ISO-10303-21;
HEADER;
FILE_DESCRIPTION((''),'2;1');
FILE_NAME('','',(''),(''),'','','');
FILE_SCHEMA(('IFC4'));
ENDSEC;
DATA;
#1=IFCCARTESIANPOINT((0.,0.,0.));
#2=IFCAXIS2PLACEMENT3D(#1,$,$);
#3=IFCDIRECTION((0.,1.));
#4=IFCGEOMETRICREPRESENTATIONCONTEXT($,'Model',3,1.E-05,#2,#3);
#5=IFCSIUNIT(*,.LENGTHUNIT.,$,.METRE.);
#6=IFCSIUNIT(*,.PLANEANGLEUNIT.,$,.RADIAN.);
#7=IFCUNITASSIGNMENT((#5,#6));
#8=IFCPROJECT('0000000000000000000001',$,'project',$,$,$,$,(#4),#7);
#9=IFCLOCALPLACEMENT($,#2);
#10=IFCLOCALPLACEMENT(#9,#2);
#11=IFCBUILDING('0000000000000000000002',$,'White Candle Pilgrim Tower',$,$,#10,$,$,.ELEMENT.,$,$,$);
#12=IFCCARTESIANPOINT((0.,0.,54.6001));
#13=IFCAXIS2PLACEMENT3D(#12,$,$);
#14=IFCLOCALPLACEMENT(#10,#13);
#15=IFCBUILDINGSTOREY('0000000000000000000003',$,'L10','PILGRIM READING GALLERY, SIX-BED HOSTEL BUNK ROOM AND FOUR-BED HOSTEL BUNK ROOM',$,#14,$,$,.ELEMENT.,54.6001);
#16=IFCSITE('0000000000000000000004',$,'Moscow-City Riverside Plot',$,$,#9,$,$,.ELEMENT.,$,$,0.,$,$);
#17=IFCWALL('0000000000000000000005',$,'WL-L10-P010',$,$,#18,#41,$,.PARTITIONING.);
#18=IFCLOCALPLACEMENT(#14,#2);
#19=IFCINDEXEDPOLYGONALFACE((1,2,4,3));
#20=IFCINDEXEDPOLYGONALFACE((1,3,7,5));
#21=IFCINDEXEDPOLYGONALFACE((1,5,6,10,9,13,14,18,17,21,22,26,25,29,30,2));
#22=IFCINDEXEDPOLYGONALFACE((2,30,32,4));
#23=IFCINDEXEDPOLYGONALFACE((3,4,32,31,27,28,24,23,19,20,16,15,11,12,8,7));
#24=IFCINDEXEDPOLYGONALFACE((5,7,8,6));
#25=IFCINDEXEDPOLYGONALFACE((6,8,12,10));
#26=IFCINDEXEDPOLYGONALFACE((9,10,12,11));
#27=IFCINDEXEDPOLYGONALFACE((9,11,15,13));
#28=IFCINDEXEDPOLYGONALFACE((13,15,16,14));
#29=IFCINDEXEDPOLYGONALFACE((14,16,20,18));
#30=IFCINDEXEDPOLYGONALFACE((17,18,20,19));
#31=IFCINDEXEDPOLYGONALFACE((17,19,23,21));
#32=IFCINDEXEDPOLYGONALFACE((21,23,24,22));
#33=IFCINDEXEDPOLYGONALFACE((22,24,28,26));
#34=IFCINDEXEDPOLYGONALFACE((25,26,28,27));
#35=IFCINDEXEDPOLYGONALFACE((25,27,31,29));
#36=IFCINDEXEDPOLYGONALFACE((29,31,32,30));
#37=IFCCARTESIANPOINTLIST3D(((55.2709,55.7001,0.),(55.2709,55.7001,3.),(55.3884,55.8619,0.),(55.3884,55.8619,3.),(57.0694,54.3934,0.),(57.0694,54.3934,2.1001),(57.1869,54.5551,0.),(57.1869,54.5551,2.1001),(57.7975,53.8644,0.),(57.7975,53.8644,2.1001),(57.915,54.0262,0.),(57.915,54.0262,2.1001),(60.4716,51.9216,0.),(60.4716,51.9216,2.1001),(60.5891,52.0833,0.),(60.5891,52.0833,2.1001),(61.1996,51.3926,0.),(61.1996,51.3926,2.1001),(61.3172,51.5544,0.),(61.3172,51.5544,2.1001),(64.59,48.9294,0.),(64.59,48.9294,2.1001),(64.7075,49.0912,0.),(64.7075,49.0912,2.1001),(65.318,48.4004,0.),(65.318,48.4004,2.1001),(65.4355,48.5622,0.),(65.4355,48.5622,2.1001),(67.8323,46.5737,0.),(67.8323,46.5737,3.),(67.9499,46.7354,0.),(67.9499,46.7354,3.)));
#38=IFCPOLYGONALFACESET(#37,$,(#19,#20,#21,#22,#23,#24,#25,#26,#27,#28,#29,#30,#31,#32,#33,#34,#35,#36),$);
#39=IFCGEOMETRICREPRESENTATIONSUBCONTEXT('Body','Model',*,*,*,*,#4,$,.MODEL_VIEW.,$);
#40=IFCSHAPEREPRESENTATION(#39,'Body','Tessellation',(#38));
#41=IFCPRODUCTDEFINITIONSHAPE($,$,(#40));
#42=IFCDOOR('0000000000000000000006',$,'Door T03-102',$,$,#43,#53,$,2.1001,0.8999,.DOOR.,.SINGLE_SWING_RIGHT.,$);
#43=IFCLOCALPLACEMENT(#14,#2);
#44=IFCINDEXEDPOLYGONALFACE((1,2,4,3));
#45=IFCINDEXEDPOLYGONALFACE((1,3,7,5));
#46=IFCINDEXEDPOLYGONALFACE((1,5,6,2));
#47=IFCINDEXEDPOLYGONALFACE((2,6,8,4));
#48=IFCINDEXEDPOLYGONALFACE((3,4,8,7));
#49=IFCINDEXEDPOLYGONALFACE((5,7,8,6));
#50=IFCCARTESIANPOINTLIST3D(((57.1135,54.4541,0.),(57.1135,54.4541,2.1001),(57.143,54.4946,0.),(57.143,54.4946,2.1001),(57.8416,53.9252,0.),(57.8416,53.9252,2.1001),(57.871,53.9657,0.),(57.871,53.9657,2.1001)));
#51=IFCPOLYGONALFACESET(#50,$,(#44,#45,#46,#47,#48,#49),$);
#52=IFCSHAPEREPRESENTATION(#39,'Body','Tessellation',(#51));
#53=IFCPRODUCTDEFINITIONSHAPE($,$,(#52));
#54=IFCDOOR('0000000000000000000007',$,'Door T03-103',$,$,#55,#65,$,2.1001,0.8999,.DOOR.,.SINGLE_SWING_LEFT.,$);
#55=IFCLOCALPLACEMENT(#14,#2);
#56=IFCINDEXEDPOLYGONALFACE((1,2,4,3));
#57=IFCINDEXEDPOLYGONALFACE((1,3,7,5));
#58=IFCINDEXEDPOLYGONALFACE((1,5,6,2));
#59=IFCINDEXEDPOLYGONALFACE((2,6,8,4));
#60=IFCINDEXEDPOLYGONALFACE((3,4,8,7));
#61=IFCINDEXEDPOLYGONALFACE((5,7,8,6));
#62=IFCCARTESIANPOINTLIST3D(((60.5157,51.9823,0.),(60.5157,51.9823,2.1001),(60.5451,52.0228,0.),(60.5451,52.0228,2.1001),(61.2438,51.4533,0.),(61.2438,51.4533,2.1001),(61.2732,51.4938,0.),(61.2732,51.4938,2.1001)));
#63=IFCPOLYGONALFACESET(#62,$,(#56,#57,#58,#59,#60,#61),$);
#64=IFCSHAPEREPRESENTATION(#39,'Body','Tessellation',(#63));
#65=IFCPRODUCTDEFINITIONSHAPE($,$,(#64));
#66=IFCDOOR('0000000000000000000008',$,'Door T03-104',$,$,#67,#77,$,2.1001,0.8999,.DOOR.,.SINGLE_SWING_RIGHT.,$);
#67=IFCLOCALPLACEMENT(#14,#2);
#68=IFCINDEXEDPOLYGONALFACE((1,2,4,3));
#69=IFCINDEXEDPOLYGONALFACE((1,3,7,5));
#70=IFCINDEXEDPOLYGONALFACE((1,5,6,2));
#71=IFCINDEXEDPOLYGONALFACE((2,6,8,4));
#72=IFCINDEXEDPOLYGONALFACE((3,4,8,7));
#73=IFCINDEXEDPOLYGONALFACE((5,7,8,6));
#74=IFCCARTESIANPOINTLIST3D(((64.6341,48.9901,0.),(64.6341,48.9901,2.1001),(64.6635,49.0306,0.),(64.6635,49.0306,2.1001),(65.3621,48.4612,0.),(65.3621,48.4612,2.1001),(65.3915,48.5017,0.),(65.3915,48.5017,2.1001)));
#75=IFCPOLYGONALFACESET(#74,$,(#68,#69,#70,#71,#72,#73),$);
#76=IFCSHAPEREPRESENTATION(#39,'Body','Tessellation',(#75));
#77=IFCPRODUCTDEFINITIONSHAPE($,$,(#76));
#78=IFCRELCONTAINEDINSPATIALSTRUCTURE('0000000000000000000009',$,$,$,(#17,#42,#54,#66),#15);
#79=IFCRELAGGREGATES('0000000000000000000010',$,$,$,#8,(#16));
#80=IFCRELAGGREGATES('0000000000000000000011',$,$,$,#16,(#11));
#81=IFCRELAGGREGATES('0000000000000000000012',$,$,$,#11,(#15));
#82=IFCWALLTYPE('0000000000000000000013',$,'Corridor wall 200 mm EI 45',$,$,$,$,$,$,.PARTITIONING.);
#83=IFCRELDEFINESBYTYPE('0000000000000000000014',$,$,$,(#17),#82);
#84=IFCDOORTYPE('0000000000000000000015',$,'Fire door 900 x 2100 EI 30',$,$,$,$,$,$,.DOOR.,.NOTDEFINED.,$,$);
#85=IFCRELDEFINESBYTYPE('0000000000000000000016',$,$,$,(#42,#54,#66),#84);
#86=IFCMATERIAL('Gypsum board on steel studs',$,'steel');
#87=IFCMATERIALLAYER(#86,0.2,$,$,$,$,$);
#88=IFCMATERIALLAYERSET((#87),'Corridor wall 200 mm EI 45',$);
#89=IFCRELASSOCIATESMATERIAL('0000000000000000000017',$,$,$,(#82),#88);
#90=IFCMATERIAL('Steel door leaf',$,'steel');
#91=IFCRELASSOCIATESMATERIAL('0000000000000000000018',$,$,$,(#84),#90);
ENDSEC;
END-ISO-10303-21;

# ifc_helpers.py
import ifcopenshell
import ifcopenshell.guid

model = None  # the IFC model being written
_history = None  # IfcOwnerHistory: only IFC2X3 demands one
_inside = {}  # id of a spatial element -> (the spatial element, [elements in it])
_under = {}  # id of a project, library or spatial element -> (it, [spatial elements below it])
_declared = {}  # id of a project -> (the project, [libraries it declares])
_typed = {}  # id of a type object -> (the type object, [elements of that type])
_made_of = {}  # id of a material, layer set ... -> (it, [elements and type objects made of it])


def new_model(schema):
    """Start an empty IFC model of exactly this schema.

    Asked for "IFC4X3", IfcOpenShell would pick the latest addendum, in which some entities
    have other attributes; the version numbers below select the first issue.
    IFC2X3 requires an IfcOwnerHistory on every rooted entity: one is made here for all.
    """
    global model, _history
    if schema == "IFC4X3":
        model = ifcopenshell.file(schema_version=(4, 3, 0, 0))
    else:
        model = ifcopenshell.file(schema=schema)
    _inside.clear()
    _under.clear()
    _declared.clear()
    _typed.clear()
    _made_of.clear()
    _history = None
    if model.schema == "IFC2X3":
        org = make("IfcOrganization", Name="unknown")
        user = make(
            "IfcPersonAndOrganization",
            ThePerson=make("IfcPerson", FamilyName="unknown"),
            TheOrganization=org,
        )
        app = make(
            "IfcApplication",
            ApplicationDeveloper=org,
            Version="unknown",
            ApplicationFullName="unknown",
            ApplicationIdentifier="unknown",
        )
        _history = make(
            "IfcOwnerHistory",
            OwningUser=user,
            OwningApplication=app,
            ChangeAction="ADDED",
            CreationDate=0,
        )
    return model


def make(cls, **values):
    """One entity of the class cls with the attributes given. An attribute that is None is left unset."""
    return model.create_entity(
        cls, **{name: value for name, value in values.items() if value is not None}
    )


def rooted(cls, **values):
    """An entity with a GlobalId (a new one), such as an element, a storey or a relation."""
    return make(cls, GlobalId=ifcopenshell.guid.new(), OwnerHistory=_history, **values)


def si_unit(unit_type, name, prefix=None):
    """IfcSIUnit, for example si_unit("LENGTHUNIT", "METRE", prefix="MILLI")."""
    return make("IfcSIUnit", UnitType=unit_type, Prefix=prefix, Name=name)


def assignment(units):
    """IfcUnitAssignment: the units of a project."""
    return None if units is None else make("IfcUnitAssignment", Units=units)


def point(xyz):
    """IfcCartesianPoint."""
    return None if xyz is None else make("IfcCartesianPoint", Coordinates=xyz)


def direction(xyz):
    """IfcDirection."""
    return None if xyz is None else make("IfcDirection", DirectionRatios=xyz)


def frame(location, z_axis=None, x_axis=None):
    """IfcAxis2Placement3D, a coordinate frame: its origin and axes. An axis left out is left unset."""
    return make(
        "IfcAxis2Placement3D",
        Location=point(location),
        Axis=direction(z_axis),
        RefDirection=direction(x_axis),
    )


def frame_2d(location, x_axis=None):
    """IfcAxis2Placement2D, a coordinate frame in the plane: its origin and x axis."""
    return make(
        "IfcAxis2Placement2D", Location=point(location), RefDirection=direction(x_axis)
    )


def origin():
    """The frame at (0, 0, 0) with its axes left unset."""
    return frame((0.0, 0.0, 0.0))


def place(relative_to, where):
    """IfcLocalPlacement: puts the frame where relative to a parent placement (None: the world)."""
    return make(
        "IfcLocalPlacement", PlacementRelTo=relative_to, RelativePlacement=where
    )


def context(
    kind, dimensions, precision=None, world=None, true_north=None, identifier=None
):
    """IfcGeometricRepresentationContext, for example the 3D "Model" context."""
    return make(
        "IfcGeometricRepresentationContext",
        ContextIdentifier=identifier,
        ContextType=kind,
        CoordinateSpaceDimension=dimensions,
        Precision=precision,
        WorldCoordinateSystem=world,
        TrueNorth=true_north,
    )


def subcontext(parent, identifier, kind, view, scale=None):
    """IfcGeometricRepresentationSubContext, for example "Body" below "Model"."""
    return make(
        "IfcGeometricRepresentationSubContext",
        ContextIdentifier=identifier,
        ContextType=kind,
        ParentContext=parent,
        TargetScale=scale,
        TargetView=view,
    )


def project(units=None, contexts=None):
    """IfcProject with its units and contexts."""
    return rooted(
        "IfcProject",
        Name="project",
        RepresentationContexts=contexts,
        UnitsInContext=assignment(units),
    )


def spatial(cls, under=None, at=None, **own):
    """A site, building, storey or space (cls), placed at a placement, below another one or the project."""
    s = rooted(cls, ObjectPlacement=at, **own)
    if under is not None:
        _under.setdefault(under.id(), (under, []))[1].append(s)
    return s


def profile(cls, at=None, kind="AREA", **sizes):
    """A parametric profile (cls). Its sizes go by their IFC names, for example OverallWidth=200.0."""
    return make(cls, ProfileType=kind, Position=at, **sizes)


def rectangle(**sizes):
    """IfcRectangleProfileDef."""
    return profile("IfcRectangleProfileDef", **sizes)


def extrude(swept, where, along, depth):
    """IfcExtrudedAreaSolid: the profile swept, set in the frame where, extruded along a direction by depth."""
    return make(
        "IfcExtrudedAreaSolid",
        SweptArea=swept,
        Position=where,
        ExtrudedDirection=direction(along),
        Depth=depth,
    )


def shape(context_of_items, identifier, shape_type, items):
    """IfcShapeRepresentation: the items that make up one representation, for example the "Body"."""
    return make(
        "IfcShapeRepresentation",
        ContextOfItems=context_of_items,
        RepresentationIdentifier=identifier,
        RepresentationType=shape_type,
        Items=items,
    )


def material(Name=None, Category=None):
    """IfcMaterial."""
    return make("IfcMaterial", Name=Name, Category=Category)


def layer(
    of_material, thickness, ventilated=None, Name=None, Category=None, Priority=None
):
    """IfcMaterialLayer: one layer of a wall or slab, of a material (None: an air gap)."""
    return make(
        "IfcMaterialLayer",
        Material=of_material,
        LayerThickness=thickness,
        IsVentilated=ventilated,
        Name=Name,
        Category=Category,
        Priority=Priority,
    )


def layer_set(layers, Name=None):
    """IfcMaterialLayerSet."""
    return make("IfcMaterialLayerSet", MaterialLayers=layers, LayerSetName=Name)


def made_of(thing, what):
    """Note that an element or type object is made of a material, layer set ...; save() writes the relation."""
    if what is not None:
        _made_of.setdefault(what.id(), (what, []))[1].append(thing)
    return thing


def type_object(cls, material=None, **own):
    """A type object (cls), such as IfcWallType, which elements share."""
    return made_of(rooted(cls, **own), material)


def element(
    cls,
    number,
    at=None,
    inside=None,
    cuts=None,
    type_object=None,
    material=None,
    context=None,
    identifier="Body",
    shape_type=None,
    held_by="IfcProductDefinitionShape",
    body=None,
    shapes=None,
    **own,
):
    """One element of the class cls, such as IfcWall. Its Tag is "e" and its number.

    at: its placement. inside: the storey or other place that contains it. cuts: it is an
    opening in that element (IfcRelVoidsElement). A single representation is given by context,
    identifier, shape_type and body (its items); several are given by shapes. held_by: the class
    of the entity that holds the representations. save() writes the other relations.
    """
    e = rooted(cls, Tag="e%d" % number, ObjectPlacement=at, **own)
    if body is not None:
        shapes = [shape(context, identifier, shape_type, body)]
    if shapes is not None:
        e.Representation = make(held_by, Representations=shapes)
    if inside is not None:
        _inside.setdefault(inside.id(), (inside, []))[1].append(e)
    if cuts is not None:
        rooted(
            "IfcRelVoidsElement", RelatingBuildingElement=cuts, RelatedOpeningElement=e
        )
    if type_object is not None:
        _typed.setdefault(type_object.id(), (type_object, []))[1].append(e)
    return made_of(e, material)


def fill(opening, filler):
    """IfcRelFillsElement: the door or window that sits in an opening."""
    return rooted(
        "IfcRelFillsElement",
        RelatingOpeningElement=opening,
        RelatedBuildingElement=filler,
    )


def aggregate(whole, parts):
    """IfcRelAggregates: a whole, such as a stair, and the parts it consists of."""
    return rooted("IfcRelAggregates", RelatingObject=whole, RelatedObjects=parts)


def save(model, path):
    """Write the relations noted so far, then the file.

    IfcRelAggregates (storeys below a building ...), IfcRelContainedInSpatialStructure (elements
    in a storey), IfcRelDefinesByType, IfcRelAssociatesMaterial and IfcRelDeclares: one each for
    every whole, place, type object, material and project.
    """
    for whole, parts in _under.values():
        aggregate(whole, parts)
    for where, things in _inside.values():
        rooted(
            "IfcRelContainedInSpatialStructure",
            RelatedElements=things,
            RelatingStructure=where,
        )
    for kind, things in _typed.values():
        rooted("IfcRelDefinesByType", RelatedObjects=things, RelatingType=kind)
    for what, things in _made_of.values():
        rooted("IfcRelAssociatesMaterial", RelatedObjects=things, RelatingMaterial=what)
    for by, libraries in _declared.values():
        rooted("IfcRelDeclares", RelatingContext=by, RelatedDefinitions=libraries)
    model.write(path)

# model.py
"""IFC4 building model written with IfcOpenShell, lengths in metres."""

from ifc_helpers import new_model, si_unit, direction, frame, frame_2d, origin, place, context, subcontext, project, spatial, rectangle, extrude, material, layer, layer_set, type_object, element, fill, save


model = new_model("IFC4")

# Units and contexts
model_context = context("Model", 3, precision=1e-05, world=origin(), true_north=direction((0.0, 1.0)))
body_context = subcontext(model_context, "Body", "Model", "MODEL_VIEW")
ifc_project = project(units=[si_unit("LENGTHUNIT", "METRE"), si_unit("PLANEANGLEUNIT", "RADIAN")], contexts=[model_context])

# Site, building, storey
site_placement = place(None, origin())
site = spatial("IfcSite", under=ifc_project, at=site_placement, Name="Moscow-City Riverside Plot", CompositionType="ELEMENT", RefElevation=0.0)
building_placement = place(site_placement, origin())
building = spatial("IfcBuilding", under=site, at=building_placement, Name="White Candle Pilgrim Tower", CompositionType="ELEMENT")
storey_placement = place(building_placement, frame((0.0, 0.0, 54.6001)))
storey = spatial("IfcBuildingStorey", under=building, at=storey_placement, Name="L10", Description="PILGRIM READING GALLERY, SIX-BED HOSTEL BUNK ROOM AND FOUR-BED HOSTEL BUNK ROOM", CompositionType="ELEMENT", Elevation=54.6001)

# Shared definitions
ifc_material_1 = material(Name="Gypsum board on steel studs", Category="steel")
ifc_layer_1 = layer(ifc_material_1, 0.2)
ifc_layer_set_1 = layer_set([ifc_layer_1], Name="Corridor wall 200 mm EI 45")
wall_type_1 = type_object("IfcWallType", Name="Corridor wall 200 mm EI 45", PredefinedType="PARTITIONING", material=ifc_layer_set_1)
ifc_material_2 = material(Name="Steel door leaf", Category="steel")
door_type = type_object("IfcDoorType", Name="Fire door 900 x 2100 EI 30", OperationType="NOTDEFINED", PredefinedType="DOOR", material=ifc_material_2)

# Wall, openings, doors
wall_1_placement = place(storey_placement, frame((67.8911, 46.6545, 0.0), z_axis=(0.0, 0.0, 1.0), x_axis=(-0.809017, 0.587785, 0.0)))
wall_1 = element("IfcWall", 1, at=wall_1_placement, inside=storey, type_object=wall_type_1, Name="WL-L10-P010", PredefinedType="PARTITIONING", context=body_context, shape_type="SweptSolid", body=[
    extrude(rectangle(XDim=15.5269, YDim=0.2, at=frame_2d((7.7634, 0.0))), origin(), (0.0, 0.0, 1.0), 3.0),
])
opening_1_placement = place(wall_1_placement, frame((12.4038, 0.0, 0.0)))
opening_1 = element("IfcOpeningElement", 2, at=opening_1_placement, cuts=wall_1, PredefinedType="OPENING", context=body_context, shape_type="SweptSolid", body=[
    extrude(rectangle(XDim=0.8999, YDim=2.1001, at=frame_2d((0.45, 1.05))), frame((0.0, 0.1099, 0.0), z_axis=(0.0, -1.0, 0.0), x_axis=(1.0, 0.0, 0.0)), (0.0, 0.0, 1.0), 0.22),
])
opening_2_placement = place(wall_1_placement, frame((8.1985, 0.0, 0.0)))
opening_2 = element("IfcOpeningElement", 3, at=opening_2_placement, cuts=wall_1, PredefinedType="OPENING", context=body_context, shape_type="SweptSolid", body=[
    extrude(rectangle(XDim=0.8999, YDim=2.1001, at=frame_2d((0.45, 1.05))), frame((0.0, 0.1099, 0.0), z_axis=(0.0, -1.0, 0.0), x_axis=(1.0, 0.0, 0.0)), (0.0, 0.0, 1.0), 0.22),
])
opening_3_placement = place(wall_1_placement, frame((3.1079, 0.0, 0.0)))
opening_3 = element("IfcOpeningElement", 4, at=opening_3_placement, cuts=wall_1, PredefinedType="OPENING", context=body_context, shape_type="SweptSolid", body=[
    extrude(rectangle(XDim=0.8999, YDim=2.1001, at=frame_2d((0.45, 1.05))), frame((0.0, 0.1099, 0.0), z_axis=(0.0, -1.0, 0.0), x_axis=(1.0, 0.0, 0.0)), (0.0, 0.0, 1.0), 0.22),
])
door_1_placement = place(opening_1_placement, origin())
door_1 = element("IfcDoor", 5, at=door_1_placement, inside=storey, type_object=door_type, Name="Door T03-102", OperationType="SINGLE_SWING_RIGHT", OverallHeight=2.1001, OverallWidth=0.8999, PredefinedType="DOOR", context=body_context, shape_type="SweptSolid", body=[
    extrude(rectangle(XDim=0.8999, YDim=2.1001, at=frame_2d((0.45, 1.05))), frame((0.0, 0.0249, 0.0), z_axis=(0.0, -1.0, 0.0), x_axis=(1.0, 0.0, 0.0)), (0.0, 0.0, 1.0), 0.05),
])
fill(opening_1, door_1)
door_2_placement = place(opening_2_placement, origin())
door_2 = element("IfcDoor", 6, at=door_2_placement, inside=storey, type_object=door_type, Name="Door T03-103", OperationType="SINGLE_SWING_LEFT", OverallHeight=2.1001, OverallWidth=0.8999, PredefinedType="DOOR", context=body_context, shape_type="SweptSolid", body=[
    extrude(rectangle(XDim=0.8999, YDim=2.1001, at=frame_2d((0.45, 1.05))), frame((0.0, 0.0249, 0.0), z_axis=(0.0, -1.0, 0.0), x_axis=(1.0, 0.0, 0.0)), (0.0, 0.0, 1.0), 0.05),
])
fill(opening_2, door_2)
door_3_placement = place(opening_3_placement, origin())
door_3 = element("IfcDoor", 7, at=door_3_placement, inside=storey, type_object=door_type, Name="Door T03-104", OperationType="SINGLE_SWING_RIGHT", OverallHeight=2.1001, OverallWidth=0.8999, PredefinedType="DOOR", context=body_context, shape_type="SweptSolid", body=[
    extrude(rectangle(XDim=0.8999, YDim=2.1001, at=frame_2d((0.45, 1.05))), frame((0.0, 0.0249, 0.0), z_axis=(0.0, -1.0, 0.0), x_axis=(1.0, 0.0, 0.0)), (0.0, 0.0, 1.0), 0.05),
])
fill(opening_3, door_3)

save(model, "model.ifc")
